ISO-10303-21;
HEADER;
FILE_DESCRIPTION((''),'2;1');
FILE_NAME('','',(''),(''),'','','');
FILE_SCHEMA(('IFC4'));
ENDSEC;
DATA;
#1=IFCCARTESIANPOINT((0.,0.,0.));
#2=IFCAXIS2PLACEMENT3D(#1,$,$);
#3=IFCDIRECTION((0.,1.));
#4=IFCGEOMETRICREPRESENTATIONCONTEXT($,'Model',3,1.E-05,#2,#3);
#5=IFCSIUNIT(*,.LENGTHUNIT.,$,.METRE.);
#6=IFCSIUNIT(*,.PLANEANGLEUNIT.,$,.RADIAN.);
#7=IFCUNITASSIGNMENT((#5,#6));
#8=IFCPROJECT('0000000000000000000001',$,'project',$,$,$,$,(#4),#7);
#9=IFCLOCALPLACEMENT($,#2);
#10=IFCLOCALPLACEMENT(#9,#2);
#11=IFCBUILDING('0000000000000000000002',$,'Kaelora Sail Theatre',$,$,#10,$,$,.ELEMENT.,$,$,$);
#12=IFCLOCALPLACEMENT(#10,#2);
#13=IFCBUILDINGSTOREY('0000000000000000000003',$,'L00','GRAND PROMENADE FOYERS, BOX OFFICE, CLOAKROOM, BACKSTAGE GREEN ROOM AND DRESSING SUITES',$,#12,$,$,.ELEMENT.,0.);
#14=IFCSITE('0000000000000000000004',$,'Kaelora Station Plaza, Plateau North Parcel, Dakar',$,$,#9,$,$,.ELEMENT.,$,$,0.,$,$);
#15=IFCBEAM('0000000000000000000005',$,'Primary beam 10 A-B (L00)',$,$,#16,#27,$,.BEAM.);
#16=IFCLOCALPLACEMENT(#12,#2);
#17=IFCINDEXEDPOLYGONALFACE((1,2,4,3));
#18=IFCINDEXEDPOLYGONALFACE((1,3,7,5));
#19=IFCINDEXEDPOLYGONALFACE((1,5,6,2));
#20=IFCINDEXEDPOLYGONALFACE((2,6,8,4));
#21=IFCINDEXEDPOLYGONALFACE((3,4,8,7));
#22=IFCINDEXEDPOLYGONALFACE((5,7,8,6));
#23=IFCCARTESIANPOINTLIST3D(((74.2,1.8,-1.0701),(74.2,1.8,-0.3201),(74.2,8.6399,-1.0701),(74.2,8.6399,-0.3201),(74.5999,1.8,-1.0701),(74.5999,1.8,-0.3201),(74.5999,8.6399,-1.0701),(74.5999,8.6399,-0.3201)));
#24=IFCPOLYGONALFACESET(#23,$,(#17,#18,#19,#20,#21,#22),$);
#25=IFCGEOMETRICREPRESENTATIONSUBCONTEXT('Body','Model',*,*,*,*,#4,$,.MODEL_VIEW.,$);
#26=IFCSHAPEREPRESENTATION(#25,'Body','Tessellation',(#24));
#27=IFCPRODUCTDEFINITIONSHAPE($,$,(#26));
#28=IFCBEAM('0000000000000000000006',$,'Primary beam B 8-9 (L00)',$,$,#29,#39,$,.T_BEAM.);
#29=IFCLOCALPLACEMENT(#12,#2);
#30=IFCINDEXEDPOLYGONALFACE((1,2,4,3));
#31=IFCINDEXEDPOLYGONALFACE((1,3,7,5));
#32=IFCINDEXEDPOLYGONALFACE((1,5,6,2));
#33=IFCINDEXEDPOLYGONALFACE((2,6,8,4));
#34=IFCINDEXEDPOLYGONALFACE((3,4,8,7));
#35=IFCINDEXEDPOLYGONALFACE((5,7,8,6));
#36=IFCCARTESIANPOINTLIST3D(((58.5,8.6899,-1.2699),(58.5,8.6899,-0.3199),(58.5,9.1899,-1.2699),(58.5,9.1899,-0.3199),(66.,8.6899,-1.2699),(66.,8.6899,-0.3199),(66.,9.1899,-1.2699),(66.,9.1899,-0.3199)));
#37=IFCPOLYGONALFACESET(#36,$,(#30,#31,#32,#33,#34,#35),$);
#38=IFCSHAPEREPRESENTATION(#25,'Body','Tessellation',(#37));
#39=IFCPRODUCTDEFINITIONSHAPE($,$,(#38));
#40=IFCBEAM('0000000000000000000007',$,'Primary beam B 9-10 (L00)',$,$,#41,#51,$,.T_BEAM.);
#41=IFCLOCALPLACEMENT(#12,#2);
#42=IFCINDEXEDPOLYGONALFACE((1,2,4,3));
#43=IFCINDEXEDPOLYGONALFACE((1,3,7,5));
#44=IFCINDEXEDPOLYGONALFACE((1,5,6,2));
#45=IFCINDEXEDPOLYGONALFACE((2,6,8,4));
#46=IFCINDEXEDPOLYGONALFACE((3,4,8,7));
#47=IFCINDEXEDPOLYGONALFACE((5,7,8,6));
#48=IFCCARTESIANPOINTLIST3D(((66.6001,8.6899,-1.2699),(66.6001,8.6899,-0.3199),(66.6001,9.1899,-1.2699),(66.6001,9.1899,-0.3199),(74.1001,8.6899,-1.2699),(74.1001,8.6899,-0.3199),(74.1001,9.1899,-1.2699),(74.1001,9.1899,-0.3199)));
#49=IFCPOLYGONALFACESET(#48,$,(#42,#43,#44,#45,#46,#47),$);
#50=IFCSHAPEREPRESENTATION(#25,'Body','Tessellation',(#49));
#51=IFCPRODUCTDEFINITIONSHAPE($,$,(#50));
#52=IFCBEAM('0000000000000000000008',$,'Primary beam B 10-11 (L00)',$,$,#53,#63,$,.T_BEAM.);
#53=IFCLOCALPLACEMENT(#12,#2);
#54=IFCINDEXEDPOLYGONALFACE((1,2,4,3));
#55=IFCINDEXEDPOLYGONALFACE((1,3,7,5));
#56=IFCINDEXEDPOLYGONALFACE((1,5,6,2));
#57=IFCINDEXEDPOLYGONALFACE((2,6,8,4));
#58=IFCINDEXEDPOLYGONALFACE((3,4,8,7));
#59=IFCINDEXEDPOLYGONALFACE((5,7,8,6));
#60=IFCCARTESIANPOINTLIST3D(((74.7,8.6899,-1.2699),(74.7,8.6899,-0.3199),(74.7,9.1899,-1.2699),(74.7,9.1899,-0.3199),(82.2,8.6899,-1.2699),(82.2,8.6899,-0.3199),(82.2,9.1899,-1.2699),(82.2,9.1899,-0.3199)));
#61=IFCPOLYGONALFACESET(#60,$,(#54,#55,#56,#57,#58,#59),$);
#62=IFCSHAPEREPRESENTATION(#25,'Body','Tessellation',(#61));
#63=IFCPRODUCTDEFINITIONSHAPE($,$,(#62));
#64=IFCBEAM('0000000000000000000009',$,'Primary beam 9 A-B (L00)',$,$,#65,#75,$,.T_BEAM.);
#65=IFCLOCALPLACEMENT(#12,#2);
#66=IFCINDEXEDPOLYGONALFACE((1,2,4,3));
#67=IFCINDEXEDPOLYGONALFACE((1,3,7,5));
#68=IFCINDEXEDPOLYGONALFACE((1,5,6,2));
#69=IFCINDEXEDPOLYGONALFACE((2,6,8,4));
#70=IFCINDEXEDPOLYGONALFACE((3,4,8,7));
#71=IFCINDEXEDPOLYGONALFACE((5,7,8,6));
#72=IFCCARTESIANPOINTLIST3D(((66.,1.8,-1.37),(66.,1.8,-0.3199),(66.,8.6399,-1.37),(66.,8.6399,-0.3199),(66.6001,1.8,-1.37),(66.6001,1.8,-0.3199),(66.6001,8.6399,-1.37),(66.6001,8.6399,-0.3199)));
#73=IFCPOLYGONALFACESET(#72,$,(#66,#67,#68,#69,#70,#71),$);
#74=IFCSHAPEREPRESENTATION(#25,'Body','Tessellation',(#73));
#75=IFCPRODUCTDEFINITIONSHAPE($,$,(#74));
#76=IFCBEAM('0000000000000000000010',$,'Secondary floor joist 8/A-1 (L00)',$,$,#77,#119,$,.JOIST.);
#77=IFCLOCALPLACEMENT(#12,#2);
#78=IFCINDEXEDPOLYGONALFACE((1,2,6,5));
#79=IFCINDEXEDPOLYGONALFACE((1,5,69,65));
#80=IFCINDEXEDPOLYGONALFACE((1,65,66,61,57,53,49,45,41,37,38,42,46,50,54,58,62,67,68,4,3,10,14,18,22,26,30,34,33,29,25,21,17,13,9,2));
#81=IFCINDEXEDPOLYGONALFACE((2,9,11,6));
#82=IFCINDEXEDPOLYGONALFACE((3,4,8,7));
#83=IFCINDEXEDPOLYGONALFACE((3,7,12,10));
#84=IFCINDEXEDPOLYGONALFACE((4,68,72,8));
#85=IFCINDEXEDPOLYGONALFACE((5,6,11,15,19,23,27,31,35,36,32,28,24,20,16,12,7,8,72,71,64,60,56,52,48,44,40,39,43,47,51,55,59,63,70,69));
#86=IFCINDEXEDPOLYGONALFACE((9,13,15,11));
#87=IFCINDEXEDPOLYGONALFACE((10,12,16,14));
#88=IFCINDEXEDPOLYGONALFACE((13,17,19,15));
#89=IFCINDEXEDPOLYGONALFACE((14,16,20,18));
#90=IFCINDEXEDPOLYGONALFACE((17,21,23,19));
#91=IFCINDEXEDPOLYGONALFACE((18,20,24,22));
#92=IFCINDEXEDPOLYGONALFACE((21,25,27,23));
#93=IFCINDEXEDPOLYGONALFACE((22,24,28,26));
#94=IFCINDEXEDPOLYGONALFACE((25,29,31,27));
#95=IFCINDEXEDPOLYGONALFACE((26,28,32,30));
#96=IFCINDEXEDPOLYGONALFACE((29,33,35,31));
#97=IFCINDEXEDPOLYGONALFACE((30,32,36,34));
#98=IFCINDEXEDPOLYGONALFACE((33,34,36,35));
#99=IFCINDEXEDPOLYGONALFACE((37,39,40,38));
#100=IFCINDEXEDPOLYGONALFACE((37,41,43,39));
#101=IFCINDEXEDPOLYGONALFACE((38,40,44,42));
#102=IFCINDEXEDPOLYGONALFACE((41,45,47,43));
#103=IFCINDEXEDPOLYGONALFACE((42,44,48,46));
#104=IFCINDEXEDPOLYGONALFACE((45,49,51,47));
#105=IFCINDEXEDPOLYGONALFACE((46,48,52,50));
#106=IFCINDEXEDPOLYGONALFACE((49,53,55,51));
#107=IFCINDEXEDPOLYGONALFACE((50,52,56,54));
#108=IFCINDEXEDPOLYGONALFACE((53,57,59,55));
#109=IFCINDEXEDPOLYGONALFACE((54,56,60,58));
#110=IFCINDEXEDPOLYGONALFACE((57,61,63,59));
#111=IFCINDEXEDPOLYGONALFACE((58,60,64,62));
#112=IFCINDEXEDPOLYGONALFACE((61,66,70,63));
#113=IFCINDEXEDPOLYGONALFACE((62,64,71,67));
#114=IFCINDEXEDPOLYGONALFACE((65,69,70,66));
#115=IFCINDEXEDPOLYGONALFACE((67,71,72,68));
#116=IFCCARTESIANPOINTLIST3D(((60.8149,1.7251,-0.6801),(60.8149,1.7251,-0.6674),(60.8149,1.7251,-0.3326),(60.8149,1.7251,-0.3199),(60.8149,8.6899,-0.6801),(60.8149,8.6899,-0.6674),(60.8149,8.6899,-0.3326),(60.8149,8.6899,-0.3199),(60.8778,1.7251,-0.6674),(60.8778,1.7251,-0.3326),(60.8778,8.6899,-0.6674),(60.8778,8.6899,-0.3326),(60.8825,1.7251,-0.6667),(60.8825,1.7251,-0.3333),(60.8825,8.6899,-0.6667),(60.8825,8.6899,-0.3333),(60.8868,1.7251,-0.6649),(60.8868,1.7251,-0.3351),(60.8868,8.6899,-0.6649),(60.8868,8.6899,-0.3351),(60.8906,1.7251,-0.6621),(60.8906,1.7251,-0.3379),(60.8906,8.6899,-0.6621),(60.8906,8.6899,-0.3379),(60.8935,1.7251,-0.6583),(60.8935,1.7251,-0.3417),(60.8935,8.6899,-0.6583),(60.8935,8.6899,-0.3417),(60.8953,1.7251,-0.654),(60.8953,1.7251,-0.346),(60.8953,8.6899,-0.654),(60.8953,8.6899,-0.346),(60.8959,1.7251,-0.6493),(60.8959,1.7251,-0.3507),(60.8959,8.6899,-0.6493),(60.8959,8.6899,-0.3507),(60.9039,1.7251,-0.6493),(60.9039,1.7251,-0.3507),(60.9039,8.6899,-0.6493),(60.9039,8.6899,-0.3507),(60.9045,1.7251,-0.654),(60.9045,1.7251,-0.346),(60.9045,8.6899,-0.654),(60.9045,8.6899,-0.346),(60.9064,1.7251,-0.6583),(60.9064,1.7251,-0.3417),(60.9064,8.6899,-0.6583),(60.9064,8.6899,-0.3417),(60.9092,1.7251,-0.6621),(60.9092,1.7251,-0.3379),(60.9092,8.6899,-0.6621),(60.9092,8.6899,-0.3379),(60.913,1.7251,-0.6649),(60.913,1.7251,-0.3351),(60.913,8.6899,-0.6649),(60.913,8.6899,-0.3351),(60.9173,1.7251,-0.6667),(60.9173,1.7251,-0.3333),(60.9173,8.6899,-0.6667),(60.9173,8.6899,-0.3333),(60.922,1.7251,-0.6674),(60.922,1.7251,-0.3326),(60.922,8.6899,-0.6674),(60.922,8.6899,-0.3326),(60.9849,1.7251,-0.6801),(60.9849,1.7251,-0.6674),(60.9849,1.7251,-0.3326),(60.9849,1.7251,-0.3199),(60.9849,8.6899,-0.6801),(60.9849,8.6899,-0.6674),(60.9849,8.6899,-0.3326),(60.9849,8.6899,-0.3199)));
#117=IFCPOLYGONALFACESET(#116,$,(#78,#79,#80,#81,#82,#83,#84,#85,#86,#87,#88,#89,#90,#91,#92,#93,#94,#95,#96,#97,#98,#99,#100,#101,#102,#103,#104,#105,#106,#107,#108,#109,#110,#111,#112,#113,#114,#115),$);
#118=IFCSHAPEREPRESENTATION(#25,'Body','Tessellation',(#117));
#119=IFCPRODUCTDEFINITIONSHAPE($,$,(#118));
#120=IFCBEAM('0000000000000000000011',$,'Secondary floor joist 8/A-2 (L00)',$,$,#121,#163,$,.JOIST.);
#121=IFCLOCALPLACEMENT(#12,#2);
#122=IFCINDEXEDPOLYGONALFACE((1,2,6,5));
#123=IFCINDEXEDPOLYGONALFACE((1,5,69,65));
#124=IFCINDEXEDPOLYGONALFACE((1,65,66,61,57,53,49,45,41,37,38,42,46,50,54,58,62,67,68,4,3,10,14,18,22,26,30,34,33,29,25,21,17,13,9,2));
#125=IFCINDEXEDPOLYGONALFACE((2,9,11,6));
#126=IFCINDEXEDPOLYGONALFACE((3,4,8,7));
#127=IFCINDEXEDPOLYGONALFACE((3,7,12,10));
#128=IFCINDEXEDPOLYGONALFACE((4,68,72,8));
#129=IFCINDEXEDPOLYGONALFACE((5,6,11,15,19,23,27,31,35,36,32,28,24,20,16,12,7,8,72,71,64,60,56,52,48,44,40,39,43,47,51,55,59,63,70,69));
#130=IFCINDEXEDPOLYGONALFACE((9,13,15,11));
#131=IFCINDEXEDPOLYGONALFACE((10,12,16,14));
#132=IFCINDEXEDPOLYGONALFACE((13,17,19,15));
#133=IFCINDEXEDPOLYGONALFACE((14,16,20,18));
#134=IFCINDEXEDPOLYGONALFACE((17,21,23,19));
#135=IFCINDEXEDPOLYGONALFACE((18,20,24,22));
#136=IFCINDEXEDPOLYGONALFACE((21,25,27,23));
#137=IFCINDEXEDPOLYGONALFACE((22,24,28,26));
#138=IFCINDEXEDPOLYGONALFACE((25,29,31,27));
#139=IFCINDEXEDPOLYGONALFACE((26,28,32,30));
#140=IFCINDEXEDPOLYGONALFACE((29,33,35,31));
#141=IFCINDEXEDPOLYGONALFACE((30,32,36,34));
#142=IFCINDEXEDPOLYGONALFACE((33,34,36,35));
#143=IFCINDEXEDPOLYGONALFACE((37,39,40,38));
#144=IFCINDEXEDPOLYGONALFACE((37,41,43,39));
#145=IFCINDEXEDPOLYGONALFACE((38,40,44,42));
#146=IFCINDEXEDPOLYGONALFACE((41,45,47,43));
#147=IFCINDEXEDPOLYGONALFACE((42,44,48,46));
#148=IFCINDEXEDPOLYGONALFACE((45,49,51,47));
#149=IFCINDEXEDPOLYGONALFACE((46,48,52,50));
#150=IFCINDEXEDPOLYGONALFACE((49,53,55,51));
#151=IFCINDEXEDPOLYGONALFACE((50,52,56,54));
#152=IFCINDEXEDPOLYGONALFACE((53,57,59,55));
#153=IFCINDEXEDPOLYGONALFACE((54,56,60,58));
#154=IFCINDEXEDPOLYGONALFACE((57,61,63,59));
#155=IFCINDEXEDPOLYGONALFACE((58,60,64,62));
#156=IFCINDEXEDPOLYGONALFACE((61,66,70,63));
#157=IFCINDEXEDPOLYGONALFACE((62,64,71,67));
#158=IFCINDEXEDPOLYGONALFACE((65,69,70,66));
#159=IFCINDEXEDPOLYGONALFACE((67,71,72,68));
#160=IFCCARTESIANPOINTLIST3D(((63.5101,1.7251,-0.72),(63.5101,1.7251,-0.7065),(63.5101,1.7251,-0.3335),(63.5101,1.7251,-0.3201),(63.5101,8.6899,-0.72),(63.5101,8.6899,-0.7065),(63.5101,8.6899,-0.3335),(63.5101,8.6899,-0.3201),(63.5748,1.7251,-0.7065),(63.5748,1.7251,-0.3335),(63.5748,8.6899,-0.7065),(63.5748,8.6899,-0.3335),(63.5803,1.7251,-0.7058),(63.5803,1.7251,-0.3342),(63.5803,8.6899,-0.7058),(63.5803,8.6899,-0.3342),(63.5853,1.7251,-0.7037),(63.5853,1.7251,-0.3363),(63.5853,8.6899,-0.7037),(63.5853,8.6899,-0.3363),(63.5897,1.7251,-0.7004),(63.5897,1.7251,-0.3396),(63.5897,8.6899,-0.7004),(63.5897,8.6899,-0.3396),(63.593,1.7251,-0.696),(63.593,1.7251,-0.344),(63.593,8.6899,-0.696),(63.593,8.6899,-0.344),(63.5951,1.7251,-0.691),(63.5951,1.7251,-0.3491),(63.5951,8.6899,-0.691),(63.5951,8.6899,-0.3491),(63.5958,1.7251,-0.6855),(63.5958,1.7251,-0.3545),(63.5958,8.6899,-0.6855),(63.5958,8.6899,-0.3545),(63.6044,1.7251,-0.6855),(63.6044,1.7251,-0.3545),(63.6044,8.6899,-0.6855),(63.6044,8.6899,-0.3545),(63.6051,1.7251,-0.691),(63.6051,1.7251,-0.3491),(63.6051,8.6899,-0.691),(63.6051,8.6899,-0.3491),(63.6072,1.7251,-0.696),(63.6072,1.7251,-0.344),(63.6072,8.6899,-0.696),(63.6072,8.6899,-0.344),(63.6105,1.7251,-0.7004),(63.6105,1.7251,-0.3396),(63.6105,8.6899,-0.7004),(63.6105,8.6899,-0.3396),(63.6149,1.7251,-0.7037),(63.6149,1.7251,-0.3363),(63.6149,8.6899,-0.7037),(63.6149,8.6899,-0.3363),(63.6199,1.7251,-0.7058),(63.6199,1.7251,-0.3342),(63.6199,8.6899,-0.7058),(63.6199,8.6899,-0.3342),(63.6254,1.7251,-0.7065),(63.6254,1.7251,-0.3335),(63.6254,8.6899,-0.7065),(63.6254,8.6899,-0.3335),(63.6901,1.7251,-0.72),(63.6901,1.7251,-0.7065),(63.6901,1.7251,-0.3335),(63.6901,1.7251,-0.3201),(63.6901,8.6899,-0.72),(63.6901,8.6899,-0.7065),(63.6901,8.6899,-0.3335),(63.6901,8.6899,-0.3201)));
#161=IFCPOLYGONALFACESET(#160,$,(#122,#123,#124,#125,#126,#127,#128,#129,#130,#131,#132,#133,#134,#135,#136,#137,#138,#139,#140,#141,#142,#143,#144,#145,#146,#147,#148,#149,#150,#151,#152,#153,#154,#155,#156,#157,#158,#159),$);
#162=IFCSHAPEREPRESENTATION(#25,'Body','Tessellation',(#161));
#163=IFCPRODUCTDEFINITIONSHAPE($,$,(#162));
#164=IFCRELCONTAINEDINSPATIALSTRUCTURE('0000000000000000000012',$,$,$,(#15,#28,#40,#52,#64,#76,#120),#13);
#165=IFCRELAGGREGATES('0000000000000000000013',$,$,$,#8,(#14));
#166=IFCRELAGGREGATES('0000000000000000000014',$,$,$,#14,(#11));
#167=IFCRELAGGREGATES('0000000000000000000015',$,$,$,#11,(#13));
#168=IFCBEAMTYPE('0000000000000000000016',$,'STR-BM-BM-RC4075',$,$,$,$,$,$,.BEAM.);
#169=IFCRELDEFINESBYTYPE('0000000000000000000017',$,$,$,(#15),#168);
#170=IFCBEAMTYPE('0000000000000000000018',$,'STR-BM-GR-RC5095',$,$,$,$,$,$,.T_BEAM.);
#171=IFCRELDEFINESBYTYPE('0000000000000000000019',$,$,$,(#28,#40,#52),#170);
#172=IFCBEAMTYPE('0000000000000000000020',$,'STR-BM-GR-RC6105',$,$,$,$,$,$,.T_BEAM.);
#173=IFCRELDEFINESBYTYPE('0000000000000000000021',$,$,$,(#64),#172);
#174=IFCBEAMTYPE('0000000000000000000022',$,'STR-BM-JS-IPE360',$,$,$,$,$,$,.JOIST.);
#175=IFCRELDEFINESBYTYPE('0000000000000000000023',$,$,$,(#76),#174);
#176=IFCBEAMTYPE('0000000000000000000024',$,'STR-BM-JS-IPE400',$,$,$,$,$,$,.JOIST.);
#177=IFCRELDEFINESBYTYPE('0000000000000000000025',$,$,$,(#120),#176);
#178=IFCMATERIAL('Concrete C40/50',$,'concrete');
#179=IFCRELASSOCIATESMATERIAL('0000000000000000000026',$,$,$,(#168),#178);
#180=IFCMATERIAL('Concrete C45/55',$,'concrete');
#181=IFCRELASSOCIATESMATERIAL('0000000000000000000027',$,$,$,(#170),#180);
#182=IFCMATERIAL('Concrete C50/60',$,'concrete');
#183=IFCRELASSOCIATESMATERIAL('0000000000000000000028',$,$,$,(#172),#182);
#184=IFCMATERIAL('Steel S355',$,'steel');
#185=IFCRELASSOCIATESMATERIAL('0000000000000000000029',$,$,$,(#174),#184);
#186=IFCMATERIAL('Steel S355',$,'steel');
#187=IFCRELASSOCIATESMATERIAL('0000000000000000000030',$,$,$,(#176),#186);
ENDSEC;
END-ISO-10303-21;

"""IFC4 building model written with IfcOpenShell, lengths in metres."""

from ifc_helpers import new_model, si_unit, direction, frame, origin, origin_2d, place, context, subcontext, project, spatial, rectangle, i_section, extrude, material, material_profile, profile_set, type_object, element, save


model = new_model("IFC4")

# Units and contexts
model_context = context("Model", 3, precision=1e-05, world=origin(), true_north=direction((0.0, 1.0)))
body_context = subcontext(model_context, "Body", "Model", "MODEL_VIEW")
ifc_project = project(units=[si_unit("LENGTHUNIT", "METRE"), si_unit("PLANEANGLEUNIT", "RADIAN")], contexts=[model_context])

# Site, building, storey
site_placement = place(None, origin())
site = spatial("IfcSite", under=ifc_project, at=site_placement, Name="Kaelora Station Plaza, Plateau North Parcel, Dakar", CompositionType="ELEMENT", RefElevation=0.0)
building_placement = place(site_placement, origin())
building = spatial("IfcBuilding", under=site, at=building_placement, Name="Kaelora Sail Theatre", CompositionType="ELEMENT")
storey_placement = place(building_placement, origin())
storey = spatial("IfcBuildingStorey", under=building, at=storey_placement, Name="L00", Description="GRAND PROMENADE FOYERS, BOX OFFICE, CLOAKROOM, BACKSTAGE GREEN ROOM AND DRESSING SUITES", CompositionType="ELEMENT", Elevation=0.0)

# Beams
ifc_material_1 = material(Name="Concrete C40/50", Category="concrete")
ifc_material_profile_1 = material_profile(ifc_material_1, rectangle(XDim=0.3999, YDim=0.75, at=origin_2d()), Name="RC-BM 400x750")
ifc_profile_set_1 = profile_set([ifc_material_profile_1], Name="Concrete C40/50")
beam_type_1 = type_object("IfcBeamType", Name="STR-BM-BM-RC4075", PredefinedType="BEAM", material=ifc_profile_set_1)
beam_1_placement = place(storey_placement, frame((74.3999, 1.8, -0.6951), z_axis=(0.0, 1.0, 0.0), x_axis=(-1.0, 0.0, 0.0)))
element("IfcBeam", 1, at=beam_1_placement, inside=storey, type_object=beam_type_1, Name="Primary beam 10 A-B (L00)", PredefinedType="BEAM", context=body_context, shape_type="SweptSolid", body=[
    extrude(rectangle(XDim=0.3999, YDim=0.75, at=origin_2d()), origin(), (0.0, 0.0, 1.0), 6.8398),
])
ifc_material_2 = material(Name="Concrete C45/55", Category="concrete")
ifc_material_profile_2 = material_profile(ifc_material_2, rectangle(XDim=0.5, YDim=0.95, at=origin_2d()), Name="RC-GRD 500x950")
ifc_profile_set_2 = profile_set([ifc_material_profile_2], Name="Concrete C45/55")
beam_type_2 = type_object("IfcBeamType", Name="STR-BM-GR-RC5095", PredefinedType="T_BEAM", material=ifc_profile_set_2)
for number, where, z_axis, x_axis, name in (
    (2, (58.5, 8.9399, -0.7949), (1.0, 0.0, 0.0), (0.0, 1.0, 0.0), "Primary beam B 8-9 (L00)"),
    (3, (66.6001, 8.9399, -0.7949), (1.0, 0.0, 0.0), (0.0, 1.0, 0.0), "Primary beam B 9-10 (L00)"),
    (4, (74.7, 8.9399, -0.7949), (1.0, 0.0, 0.0), (0.0, 1.0, 0.0), "Primary beam B 10-11 (L00)"),
):
    element("IfcBeam", number, at=place(storey_placement, frame(where, z_axis=z_axis, x_axis=x_axis)), inside=storey, type_object=beam_type_2, Name=name, PredefinedType="T_BEAM", context=body_context, shape_type="SweptSolid", body=[
        extrude(rectangle(XDim=0.5, YDim=0.95, at=origin_2d()), origin(), (0.0, 0.0, 1.0), 7.5),
    ])
ifc_material_3 = material(Name="Concrete C50/60", Category="concrete")
ifc_material_profile_3 = material_profile(ifc_material_3, rectangle(XDim=0.6001, YDim=1.05, at=origin_2d()), Name="RC-GRD 600x1050")
ifc_profile_set_3 = profile_set([ifc_material_profile_3], Name="Concrete C50/60")
beam_type_3 = type_object("IfcBeamType", Name="STR-BM-GR-RC6105", PredefinedType="T_BEAM", material=ifc_profile_set_3)
beam_2_placement = place(storey_placement, frame((66.3, 1.8, -0.845), z_axis=(0.0, 1.0, 0.0), x_axis=(-1.0, 0.0, 0.0)))
element("IfcBeam", 5, at=beam_2_placement, inside=storey, type_object=beam_type_3, Name="Primary beam 9 A-B (L00)", PredefinedType="T_BEAM", context=body_context, shape_type="SweptSolid", body=[
    extrude(rectangle(XDim=0.6001, YDim=1.05, at=origin_2d()), origin(), (0.0, 0.0, 1.0), 6.8398),
])
ifc_material_4 = material(Name="Steel S355", Category="steel")
ifc_material_profile_4 = material_profile(ifc_material_4, i_section(OverallWidth=0.1699, OverallDepth=0.3601, WebThickness=0.0081, FlangeThickness=0.0127, FilletRadius=0.0181, at=origin_2d()), Name="IPE 360")
ifc_profile_set_4 = profile_set([ifc_material_profile_4], Name="Steel S355")
beam_type_4 = type_object("IfcBeamType", Name="STR-BM-JS-IPE360", PredefinedType="JOIST", material=ifc_profile_set_4)
beam_3_placement = place(storey_placement, frame((60.8999, 1.7251, -0.5), z_axis=(0.0, 1.0, 0.0), x_axis=(-1.0, 0.0, 0.0)))
element("IfcBeam", 6, at=beam_3_placement, inside=storey, type_object=beam_type_4, Name="Secondary floor joist 8/A-1 (L00)", PredefinedType="JOIST", context=body_context, shape_type="SweptSolid", body=[
    extrude(i_section(OverallWidth=0.1699, OverallDepth=0.3601, WebThickness=0.0081, FlangeThickness=0.0127, FilletRadius=0.0181, at=origin_2d()), origin(), (0.0, 0.0, 1.0), 6.9648),
])
ifc_material_5 = material(Name="Steel S355", Category="steel")
ifc_material_profile_5 = material_profile(ifc_material_5, i_section(OverallWidth=0.1799, OverallDepth=0.3999, WebThickness=0.0085, FlangeThickness=0.0134, FilletRadius=0.021, at=origin_2d()), Name="IPE 400")
ifc_profile_set_5 = profile_set([ifc_material_profile_5], Name="Steel S355")
beam_type_5 = type_object("IfcBeamType", Name="STR-BM-JS-IPE400", PredefinedType="JOIST", material=ifc_profile_set_5)
for number, where, z_axis, x_axis, name in (
    (7, (63.6001, 1.7251, -0.52), (0.0, 1.0, 0.0), (-1.0, 0.0, 0.0), "Secondary floor joist 8/A-2 (L00)"),
):
    element("IfcBeam", number, at=place(storey_placement, frame(where, z_axis=z_axis, x_axis=x_axis)), inside=storey, type_object=beam_type_5, Name=name, PredefinedType="JOIST", context=body_context, shape_type="SweptSolid", body=[
        extrude(i_section(OverallWidth=0.1799, OverallDepth=0.3999, WebThickness=0.0085, FlangeThickness=0.0134, FilletRadius=0.021, at=origin_2d()), origin(), (0.0, 0.0, 1.0), 6.9648),
    ])

save(model, "model.ifc")
